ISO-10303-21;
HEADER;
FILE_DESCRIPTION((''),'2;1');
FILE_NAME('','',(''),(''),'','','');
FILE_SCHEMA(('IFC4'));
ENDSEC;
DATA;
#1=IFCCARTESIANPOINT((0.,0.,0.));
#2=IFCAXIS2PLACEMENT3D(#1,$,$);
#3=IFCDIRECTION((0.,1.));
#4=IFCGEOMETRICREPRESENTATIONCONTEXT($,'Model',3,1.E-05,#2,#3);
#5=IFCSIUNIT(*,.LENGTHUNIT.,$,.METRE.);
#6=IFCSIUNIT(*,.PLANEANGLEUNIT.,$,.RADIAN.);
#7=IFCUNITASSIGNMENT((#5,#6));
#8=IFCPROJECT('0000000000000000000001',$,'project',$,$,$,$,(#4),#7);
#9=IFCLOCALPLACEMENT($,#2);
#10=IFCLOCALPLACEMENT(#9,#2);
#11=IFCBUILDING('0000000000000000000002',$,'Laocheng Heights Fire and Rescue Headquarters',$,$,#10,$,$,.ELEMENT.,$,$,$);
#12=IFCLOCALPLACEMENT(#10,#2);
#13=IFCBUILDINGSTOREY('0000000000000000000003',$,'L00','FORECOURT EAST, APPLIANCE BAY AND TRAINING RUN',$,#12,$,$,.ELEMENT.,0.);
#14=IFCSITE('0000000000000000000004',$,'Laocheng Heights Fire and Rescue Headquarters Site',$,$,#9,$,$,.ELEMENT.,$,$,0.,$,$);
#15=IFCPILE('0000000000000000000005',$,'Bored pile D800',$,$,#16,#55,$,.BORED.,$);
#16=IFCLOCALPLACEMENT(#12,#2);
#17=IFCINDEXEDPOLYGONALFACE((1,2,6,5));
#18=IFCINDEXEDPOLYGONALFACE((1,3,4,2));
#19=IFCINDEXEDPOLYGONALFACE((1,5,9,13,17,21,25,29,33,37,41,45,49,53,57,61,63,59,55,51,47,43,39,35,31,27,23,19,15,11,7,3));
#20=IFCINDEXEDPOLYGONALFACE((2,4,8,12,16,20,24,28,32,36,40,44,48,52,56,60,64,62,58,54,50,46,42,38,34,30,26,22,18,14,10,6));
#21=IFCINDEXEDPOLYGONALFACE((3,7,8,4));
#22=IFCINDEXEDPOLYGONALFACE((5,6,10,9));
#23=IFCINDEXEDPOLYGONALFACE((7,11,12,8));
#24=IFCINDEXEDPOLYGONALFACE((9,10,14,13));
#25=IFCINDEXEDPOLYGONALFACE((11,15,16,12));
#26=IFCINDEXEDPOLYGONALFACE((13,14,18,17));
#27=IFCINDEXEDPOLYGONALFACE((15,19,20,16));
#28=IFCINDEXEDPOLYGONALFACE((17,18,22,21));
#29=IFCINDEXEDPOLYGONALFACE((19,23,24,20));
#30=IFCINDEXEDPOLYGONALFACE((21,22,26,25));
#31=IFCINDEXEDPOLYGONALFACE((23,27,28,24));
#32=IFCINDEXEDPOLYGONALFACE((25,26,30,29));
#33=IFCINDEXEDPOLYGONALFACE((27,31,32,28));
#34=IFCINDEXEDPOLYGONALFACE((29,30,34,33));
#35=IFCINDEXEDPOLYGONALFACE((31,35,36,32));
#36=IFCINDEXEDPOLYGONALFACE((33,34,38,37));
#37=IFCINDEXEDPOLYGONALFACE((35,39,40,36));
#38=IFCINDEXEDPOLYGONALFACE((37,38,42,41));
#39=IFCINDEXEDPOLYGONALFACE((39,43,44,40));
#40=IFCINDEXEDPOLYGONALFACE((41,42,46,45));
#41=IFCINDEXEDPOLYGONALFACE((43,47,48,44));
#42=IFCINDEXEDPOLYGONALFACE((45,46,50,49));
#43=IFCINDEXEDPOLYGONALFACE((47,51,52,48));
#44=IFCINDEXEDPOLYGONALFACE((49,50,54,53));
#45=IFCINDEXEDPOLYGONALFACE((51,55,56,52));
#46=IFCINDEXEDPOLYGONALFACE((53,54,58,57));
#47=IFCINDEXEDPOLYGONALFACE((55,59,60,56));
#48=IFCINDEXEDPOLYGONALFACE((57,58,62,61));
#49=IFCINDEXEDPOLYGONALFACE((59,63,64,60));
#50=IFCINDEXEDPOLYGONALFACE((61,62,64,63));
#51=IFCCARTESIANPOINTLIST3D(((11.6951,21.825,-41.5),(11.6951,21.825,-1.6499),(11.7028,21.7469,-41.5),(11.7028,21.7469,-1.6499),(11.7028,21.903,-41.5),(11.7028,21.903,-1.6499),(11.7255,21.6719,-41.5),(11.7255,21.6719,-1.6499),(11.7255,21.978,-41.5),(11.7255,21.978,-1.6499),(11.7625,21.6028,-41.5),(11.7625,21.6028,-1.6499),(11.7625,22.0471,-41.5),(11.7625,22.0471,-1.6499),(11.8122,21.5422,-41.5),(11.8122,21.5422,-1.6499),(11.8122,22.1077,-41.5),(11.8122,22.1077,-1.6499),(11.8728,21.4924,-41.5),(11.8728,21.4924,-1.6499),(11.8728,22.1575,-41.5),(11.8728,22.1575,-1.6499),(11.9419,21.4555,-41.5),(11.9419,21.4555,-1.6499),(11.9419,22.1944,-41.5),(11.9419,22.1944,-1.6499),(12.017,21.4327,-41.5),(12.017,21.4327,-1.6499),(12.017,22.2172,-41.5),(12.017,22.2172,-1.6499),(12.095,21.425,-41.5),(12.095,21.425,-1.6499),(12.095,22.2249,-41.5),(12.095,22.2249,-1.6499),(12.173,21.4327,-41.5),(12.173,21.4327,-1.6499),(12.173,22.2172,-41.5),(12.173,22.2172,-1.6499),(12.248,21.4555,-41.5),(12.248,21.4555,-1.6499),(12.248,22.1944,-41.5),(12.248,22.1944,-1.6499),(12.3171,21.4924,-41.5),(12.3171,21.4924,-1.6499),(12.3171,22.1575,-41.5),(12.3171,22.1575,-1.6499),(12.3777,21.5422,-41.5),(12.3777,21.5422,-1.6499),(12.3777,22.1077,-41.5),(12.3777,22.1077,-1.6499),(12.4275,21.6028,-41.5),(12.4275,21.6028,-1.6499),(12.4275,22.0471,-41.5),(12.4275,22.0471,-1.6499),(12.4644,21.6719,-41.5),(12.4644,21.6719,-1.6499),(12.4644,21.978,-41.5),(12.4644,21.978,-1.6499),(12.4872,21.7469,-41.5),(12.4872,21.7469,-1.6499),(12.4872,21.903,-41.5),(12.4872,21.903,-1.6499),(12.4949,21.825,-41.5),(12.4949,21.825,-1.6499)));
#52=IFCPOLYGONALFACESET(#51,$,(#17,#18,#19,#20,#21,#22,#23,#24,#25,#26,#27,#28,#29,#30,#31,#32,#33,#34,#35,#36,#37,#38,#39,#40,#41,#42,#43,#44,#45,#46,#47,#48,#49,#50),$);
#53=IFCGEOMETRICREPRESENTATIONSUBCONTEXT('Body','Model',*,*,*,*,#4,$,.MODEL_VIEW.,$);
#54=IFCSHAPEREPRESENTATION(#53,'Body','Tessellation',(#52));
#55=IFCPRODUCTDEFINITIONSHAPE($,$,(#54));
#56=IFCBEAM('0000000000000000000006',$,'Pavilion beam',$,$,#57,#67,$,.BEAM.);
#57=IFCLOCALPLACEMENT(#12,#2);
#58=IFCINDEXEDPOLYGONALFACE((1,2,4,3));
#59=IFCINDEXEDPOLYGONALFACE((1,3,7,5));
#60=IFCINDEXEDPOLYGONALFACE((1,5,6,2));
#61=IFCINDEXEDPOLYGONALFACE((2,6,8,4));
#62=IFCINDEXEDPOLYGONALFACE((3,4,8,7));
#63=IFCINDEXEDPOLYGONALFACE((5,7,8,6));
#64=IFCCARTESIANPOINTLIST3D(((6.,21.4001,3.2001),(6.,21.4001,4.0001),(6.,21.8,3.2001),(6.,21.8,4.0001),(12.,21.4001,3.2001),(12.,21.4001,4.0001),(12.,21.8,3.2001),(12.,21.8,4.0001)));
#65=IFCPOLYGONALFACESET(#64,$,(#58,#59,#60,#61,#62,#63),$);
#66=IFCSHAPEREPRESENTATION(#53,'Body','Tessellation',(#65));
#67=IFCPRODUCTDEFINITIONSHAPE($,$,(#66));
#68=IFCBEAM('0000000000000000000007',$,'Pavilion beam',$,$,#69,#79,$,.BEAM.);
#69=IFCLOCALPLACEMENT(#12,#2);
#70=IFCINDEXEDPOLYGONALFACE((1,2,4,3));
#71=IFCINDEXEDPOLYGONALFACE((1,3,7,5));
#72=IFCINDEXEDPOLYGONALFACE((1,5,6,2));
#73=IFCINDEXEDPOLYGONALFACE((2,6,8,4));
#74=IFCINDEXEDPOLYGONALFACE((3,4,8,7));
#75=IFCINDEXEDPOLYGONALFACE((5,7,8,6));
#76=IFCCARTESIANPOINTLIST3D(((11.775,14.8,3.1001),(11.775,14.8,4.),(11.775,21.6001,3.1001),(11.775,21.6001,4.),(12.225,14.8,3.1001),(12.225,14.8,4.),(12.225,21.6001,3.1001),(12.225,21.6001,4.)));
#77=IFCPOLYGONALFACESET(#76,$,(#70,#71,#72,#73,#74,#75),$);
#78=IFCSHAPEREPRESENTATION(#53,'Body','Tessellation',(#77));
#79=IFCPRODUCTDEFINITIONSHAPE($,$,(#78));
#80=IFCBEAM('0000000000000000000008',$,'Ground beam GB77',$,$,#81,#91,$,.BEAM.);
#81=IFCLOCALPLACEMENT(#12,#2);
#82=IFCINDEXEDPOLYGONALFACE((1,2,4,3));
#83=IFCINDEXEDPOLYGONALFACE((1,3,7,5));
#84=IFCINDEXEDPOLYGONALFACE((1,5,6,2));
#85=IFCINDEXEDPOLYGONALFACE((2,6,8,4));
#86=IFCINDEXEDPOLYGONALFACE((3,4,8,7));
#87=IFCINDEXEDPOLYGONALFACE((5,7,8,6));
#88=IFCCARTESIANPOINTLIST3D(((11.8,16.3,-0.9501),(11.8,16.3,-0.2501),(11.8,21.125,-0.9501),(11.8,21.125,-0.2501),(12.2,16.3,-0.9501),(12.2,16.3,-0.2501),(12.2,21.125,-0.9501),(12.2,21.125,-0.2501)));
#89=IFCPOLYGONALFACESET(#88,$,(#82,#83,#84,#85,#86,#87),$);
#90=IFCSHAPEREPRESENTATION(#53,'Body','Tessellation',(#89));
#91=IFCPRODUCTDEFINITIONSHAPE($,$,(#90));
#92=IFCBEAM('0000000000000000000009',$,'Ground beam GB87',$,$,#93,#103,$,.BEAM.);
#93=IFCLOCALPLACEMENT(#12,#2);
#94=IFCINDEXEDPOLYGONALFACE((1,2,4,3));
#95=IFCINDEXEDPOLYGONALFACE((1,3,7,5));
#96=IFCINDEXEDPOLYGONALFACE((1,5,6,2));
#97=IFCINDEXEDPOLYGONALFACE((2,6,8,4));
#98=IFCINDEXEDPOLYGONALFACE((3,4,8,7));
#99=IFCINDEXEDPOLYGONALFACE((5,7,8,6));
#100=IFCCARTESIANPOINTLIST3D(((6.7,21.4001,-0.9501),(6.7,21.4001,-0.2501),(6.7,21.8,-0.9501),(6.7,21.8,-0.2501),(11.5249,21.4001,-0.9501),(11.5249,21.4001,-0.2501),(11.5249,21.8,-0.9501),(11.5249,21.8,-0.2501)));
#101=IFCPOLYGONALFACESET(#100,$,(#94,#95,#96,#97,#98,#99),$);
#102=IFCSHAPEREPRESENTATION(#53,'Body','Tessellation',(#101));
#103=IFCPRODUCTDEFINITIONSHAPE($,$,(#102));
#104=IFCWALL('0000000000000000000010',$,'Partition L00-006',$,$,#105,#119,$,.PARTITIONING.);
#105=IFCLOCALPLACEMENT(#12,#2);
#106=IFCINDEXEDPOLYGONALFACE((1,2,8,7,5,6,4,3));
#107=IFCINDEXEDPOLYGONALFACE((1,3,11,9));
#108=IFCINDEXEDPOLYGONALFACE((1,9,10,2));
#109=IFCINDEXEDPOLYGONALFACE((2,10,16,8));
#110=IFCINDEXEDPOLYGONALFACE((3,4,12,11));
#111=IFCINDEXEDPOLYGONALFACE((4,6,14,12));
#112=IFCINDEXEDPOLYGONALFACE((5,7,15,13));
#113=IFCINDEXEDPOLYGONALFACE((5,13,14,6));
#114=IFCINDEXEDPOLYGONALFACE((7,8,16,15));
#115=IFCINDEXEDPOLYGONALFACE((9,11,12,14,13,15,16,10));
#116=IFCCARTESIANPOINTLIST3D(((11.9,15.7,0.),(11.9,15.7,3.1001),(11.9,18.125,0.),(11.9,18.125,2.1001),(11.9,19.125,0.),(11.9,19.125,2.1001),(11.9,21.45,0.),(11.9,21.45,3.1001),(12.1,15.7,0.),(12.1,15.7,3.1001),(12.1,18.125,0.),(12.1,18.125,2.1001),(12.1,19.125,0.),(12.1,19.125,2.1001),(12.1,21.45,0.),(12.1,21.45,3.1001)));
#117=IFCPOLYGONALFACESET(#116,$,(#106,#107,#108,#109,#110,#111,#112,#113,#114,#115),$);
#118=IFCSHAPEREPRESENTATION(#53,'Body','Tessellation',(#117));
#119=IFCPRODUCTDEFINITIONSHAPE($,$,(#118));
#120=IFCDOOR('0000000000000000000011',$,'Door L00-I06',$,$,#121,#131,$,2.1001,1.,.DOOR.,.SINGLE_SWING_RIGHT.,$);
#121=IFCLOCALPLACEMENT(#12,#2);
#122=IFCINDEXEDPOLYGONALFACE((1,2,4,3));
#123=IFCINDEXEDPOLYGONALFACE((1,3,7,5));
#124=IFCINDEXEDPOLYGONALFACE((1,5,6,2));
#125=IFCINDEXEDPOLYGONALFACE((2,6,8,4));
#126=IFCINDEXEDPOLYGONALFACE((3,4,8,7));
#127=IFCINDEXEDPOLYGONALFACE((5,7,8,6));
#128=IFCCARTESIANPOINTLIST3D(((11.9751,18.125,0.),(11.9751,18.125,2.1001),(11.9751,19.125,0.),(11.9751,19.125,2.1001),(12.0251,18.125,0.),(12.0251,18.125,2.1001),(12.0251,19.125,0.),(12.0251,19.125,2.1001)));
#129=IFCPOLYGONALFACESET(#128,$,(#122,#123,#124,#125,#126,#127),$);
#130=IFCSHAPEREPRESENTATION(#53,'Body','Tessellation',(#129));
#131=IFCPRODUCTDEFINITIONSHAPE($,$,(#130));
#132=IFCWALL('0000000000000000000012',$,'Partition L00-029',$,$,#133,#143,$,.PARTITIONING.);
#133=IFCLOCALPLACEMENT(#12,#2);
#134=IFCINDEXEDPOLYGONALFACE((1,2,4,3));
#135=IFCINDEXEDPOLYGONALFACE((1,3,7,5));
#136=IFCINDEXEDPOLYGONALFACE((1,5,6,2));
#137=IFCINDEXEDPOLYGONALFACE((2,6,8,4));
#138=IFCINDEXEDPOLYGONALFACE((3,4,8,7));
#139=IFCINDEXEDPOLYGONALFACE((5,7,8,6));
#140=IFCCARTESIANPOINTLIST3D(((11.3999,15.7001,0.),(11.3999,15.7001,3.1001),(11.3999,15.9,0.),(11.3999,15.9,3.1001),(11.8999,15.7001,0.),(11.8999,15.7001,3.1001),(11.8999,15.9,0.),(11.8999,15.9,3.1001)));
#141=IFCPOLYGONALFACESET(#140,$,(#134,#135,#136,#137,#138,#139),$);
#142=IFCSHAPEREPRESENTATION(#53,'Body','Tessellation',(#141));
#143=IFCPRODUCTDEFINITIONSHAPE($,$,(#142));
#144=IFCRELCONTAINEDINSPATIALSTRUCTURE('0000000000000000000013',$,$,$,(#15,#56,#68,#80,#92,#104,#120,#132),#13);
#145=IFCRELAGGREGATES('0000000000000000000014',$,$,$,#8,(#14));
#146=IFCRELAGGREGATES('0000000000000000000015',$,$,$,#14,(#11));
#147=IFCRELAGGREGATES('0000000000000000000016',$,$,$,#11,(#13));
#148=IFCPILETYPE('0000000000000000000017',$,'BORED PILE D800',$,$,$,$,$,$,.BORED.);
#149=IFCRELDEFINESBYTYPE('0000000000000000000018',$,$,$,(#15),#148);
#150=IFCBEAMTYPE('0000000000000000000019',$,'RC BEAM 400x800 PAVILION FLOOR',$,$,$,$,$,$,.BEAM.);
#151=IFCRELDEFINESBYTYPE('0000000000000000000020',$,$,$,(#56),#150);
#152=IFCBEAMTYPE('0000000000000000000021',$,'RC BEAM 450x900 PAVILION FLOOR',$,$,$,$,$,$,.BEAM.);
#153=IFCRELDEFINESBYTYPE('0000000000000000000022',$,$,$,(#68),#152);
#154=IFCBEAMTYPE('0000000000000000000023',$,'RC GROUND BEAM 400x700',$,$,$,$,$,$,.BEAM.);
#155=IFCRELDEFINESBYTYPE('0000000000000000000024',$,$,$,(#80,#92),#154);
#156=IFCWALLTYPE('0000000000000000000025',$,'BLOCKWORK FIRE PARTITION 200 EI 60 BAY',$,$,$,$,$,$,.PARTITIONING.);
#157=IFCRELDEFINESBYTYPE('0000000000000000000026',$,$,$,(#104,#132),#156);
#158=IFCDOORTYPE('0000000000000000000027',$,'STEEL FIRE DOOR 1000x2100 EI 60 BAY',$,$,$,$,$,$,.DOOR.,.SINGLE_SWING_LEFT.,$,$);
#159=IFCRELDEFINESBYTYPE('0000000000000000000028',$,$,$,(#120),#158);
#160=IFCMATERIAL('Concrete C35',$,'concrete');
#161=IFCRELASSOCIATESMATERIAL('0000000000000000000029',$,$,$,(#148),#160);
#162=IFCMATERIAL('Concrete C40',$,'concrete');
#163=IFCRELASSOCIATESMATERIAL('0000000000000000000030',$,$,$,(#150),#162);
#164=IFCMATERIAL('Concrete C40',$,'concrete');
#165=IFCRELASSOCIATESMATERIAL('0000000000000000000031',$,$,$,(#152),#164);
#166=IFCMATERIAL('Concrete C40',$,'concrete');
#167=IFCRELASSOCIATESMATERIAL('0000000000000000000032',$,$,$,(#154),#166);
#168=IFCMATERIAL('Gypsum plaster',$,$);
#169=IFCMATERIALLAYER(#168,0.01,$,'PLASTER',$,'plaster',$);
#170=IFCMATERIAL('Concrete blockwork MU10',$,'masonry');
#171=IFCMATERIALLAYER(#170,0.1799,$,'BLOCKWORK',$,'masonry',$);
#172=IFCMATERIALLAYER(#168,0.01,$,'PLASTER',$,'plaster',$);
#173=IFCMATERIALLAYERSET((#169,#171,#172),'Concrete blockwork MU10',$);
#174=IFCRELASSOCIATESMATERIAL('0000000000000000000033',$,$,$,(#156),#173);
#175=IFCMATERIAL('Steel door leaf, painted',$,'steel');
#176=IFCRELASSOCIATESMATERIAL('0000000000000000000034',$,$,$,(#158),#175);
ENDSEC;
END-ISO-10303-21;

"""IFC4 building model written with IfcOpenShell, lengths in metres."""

from ifc_helpers import new_model, si_unit, direction, frame, frame_2d, origin, origin_2d, place, context, subcontext, project, spatial, rectangle, circle, extrude, material, layer, layer_set, material_profile, profile_set, type_object, element, fill, save


model = new_model("IFC4")

# Units and contexts
model_context = context("Model", 3, precision=1e-05, world=origin(), true_north=direction((0.0, 1.0)))
body_context = subcontext(model_context, "Body", "Model", "MODEL_VIEW")
ifc_project = project(units=[si_unit("LENGTHUNIT", "METRE"), si_unit("PLANEANGLEUNIT", "RADIAN")], contexts=[model_context])

# Site, building, storey
site_placement = place(None, origin())
site = spatial("IfcSite", under=ifc_project, at=site_placement, Name="Laocheng Heights Fire and Rescue Headquarters Site", CompositionType="ELEMENT", RefElevation=0.0)
building_placement = place(site_placement, origin())
building = spatial("IfcBuilding", under=site, at=building_placement, Name="Laocheng Heights Fire and Rescue Headquarters", CompositionType="ELEMENT")
storey_placement = place(building_placement, origin())
storey = spatial("IfcBuildingStorey", under=building, at=storey_placement, Name="L00", Description="FORECOURT EAST, APPLIANCE BAY AND TRAINING RUN", CompositionType="ELEMENT", Elevation=0.0)

# Pile
ifc_material_1 = material(Name="Concrete C35", Category="concrete")
ifc_material_profile_1 = material_profile(ifc_material_1, circle(Radius=0.3999, at=origin_2d()), Name="BORED PILE D800")
ifc_profile_set_1 = profile_set([ifc_material_profile_1], Name="Concrete C35")
pile_type = type_object("IfcPileType", Name="BORED PILE D800", PredefinedType="BORED", material=ifc_profile_set_1)
pile_1_placement = place(storey_placement, frame((12.095, 21.825, -1.6499), z_axis=(0.0, 0.0, -1.0), x_axis=(1.0, 0.0, 0.0)))
element("IfcPile", 1, at=pile_1_placement, inside=storey, type_object=pile_type, Name="Bored pile D800", PredefinedType="BORED", context=body_context, shape_type="SweptSolid", body=[
    extrude(circle(Radius=0.3999, at=origin_2d()), origin(), (0.0, 0.0, 1.0), 39.8501),
])

# Beams
ifc_material_2 = material(Name="Concrete C40", Category="concrete")
ifc_material_profile_2 = material_profile(ifc_material_2, rectangle(XDim=0.3999, YDim=0.8, at=origin_2d()), Name="RC BEAM 400x800 PAVILION FLOOR")
ifc_profile_set_2 = profile_set([ifc_material_profile_2], Name="Concrete C40")
beam_type_1 = type_object("IfcBeamType", Name="RC BEAM 400x800 PAVILION FLOOR", PredefinedType="BEAM", material=ifc_profile_set_2)
beam_1_placement = place(storey_placement, frame((6.0, 21.6001, 3.6001), z_axis=(1.0, 0.0, 0.0), x_axis=(0.0, 1.0, 0.0)))
element("IfcBeam", 2, at=beam_1_placement, inside=storey, type_object=beam_type_1, Name="Pavilion beam", PredefinedType="BEAM", context=body_context, shape_type="SweptSolid", body=[
    extrude(rectangle(XDim=0.3999, YDim=0.8, at=origin_2d()), origin(), (0.0, 0.0, 1.0), 6.0),
])
ifc_material_3 = material(Name="Concrete C40", Category="concrete")
ifc_material_profile_3 = material_profile(ifc_material_3, rectangle(XDim=0.45, YDim=0.8999, at=origin_2d()), Name="RC BEAM 450x900 PAVILION FLOOR")
ifc_profile_set_3 = profile_set([ifc_material_profile_3], Name="Concrete C40")
beam_type_2 = type_object("IfcBeamType", Name="RC BEAM 450x900 PAVILION FLOOR", PredefinedType="BEAM", material=ifc_profile_set_3)
beam_2_placement = place(storey_placement, frame((12.0, 14.8, 3.55), z_axis=(0.0, 1.0, 0.0), x_axis=(-1.0, 0.0, 0.0)))
element("IfcBeam", 3, at=beam_2_placement, inside=storey, type_object=beam_type_2, Name="Pavilion beam", PredefinedType="BEAM", context=body_context, shape_type="SweptSolid", body=[
    extrude(rectangle(XDim=0.45, YDim=0.8999, at=origin_2d()), origin(), (0.0, 0.0, 1.0), 6.8),
])
ifc_material_4 = material(Name="Concrete C40", Category="concrete")
ifc_material_profile_4 = material_profile(ifc_material_4, rectangle(XDim=0.3999, YDim=0.7, at=origin_2d()), Name="RC GROUND BEAM 400x700")
ifc_profile_set_4 = profile_set([ifc_material_profile_4], Name="Concrete C40")
beam_type_3 = type_object("IfcBeamType", Name="RC GROUND BEAM 400x700", PredefinedType="BEAM", material=ifc_profile_set_4)
for number, where, z_axis, x_axis, name in (
    (4, (12.0, 16.3, -0.6001), (0.0, 1.0, 0.0), (-1.0, 0.0, 0.0), "Ground beam GB77"),
    (5, (6.7, 21.6001, -0.6001), (1.0, 0.0, 0.0), (0.0, 1.0, 0.0), "Ground beam GB87"),
):
    element("IfcBeam", number, at=place(storey_placement, frame(where, z_axis=z_axis, x_axis=x_axis)), inside=storey, type_object=beam_type_3, Name=name, PredefinedType="BEAM", context=body_context, shape_type="SweptSolid", body=[
        extrude(rectangle(XDim=0.3999, YDim=0.7, at=origin_2d()), origin(), (0.0, 0.0, 1.0), 4.825),
    ])

# Wall, opening, door
ifc_material_5 = material(Name="Gypsum plaster")
ifc_layer_1 = layer(ifc_material_5, 0.01, Name="PLASTER", Category="plaster")
ifc_material_6 = material(Name="Concrete blockwork MU10", Category="masonry")
ifc_layer_2 = layer(ifc_material_6, 0.1799, Name="BLOCKWORK", Category="masonry")
ifc_layer_3 = layer(ifc_material_5, 0.01, Name="PLASTER", Category="plaster")
ifc_layer_set_1 = layer_set([ifc_layer_1, ifc_layer_2, ifc_layer_3], Name="Concrete blockwork MU10")
wall_type_1 = type_object("IfcWallType", Name="BLOCKWORK FIRE PARTITION 200 EI 60 BAY", PredefinedType="PARTITIONING", material=ifc_layer_set_1)
wall_1_placement = place(storey_placement, frame((12.0, 15.7, 0.0), z_axis=(0.0, 0.0, 1.0), x_axis=(0.0, 1.0, 0.0)))
wall_1 = element("IfcWall", 6, at=wall_1_placement, inside=storey, type_object=wall_type_1, Name="Partition L00-006", PredefinedType="PARTITIONING", context=body_context, shape_type="SweptSolid", body=[
    extrude(rectangle(XDim=5.75, YDim=0.2, at=frame_2d((2.875, 0.0))), origin(), (0.0, 0.0, 1.0), 3.1001),
])
opening_1_placement = place(wall_1_placement, frame((2.425, 0.0, 0.0)))
opening_1 = element("IfcOpeningElement", 7, at=opening_1_placement, cuts=wall_1, PredefinedType="OPENING", context=body_context, shape_type="SweptSolid", body=[
    extrude(rectangle(XDim=1.0, YDim=2.1001, at=frame_2d((0.5, 1.05))), frame((0.0, 0.1099, 0.0), z_axis=(0.0, -1.0, 0.0), x_axis=(1.0, 0.0, 0.0)), (0.0, 0.0, 1.0), 0.22),
])
ifc_material_7 = material(Name="Steel door leaf, painted", Category="steel")
door_type_1 = type_object("IfcDoorType", Name="STEEL FIRE DOOR 1000x2100 EI 60 BAY", OperationType="SINGLE_SWING_LEFT", PredefinedType="DOOR", material=ifc_material_7)
door_1_placement = place(opening_1_placement, origin())
door_1 = element("IfcDoor", 8, at=door_1_placement, inside=storey, type_object=door_type_1, Name="Door L00-I06", OperationType="SINGLE_SWING_RIGHT", OverallHeight=2.1001, OverallWidth=1.0, PredefinedType="DOOR", context=body_context, shape_type="SweptSolid", body=[
    extrude(rectangle(XDim=1.0, YDim=2.1001, at=frame_2d((0.5, 1.05))), frame((0.0, 0.0249, 0.0), z_axis=(0.0, -1.0, 0.0), x_axis=(1.0, 0.0, 0.0)), (0.0, 0.0, 1.0), 0.05),
])
fill(opening_1, door_1)

# Wall
wall_2_placement = place(storey_placement, frame((11.3999, 15.8, 0.0), z_axis=(0.0, 0.0, 1.0), x_axis=(1.0, 0.0, 0.0)))
element("IfcWall", 9, at=wall_2_placement, inside=storey, type_object=wall_type_1, Name="Partition L00-029", PredefinedType="PARTITIONING", context=body_context, shape_type="SweptSolid", body=[
    extrude(rectangle(XDim=0.5, YDim=0.2, at=frame_2d((0.25, 0.0))), origin(), (0.0, 0.0, 1.0), 3.1001),
])

save(model, "model.ifc")
